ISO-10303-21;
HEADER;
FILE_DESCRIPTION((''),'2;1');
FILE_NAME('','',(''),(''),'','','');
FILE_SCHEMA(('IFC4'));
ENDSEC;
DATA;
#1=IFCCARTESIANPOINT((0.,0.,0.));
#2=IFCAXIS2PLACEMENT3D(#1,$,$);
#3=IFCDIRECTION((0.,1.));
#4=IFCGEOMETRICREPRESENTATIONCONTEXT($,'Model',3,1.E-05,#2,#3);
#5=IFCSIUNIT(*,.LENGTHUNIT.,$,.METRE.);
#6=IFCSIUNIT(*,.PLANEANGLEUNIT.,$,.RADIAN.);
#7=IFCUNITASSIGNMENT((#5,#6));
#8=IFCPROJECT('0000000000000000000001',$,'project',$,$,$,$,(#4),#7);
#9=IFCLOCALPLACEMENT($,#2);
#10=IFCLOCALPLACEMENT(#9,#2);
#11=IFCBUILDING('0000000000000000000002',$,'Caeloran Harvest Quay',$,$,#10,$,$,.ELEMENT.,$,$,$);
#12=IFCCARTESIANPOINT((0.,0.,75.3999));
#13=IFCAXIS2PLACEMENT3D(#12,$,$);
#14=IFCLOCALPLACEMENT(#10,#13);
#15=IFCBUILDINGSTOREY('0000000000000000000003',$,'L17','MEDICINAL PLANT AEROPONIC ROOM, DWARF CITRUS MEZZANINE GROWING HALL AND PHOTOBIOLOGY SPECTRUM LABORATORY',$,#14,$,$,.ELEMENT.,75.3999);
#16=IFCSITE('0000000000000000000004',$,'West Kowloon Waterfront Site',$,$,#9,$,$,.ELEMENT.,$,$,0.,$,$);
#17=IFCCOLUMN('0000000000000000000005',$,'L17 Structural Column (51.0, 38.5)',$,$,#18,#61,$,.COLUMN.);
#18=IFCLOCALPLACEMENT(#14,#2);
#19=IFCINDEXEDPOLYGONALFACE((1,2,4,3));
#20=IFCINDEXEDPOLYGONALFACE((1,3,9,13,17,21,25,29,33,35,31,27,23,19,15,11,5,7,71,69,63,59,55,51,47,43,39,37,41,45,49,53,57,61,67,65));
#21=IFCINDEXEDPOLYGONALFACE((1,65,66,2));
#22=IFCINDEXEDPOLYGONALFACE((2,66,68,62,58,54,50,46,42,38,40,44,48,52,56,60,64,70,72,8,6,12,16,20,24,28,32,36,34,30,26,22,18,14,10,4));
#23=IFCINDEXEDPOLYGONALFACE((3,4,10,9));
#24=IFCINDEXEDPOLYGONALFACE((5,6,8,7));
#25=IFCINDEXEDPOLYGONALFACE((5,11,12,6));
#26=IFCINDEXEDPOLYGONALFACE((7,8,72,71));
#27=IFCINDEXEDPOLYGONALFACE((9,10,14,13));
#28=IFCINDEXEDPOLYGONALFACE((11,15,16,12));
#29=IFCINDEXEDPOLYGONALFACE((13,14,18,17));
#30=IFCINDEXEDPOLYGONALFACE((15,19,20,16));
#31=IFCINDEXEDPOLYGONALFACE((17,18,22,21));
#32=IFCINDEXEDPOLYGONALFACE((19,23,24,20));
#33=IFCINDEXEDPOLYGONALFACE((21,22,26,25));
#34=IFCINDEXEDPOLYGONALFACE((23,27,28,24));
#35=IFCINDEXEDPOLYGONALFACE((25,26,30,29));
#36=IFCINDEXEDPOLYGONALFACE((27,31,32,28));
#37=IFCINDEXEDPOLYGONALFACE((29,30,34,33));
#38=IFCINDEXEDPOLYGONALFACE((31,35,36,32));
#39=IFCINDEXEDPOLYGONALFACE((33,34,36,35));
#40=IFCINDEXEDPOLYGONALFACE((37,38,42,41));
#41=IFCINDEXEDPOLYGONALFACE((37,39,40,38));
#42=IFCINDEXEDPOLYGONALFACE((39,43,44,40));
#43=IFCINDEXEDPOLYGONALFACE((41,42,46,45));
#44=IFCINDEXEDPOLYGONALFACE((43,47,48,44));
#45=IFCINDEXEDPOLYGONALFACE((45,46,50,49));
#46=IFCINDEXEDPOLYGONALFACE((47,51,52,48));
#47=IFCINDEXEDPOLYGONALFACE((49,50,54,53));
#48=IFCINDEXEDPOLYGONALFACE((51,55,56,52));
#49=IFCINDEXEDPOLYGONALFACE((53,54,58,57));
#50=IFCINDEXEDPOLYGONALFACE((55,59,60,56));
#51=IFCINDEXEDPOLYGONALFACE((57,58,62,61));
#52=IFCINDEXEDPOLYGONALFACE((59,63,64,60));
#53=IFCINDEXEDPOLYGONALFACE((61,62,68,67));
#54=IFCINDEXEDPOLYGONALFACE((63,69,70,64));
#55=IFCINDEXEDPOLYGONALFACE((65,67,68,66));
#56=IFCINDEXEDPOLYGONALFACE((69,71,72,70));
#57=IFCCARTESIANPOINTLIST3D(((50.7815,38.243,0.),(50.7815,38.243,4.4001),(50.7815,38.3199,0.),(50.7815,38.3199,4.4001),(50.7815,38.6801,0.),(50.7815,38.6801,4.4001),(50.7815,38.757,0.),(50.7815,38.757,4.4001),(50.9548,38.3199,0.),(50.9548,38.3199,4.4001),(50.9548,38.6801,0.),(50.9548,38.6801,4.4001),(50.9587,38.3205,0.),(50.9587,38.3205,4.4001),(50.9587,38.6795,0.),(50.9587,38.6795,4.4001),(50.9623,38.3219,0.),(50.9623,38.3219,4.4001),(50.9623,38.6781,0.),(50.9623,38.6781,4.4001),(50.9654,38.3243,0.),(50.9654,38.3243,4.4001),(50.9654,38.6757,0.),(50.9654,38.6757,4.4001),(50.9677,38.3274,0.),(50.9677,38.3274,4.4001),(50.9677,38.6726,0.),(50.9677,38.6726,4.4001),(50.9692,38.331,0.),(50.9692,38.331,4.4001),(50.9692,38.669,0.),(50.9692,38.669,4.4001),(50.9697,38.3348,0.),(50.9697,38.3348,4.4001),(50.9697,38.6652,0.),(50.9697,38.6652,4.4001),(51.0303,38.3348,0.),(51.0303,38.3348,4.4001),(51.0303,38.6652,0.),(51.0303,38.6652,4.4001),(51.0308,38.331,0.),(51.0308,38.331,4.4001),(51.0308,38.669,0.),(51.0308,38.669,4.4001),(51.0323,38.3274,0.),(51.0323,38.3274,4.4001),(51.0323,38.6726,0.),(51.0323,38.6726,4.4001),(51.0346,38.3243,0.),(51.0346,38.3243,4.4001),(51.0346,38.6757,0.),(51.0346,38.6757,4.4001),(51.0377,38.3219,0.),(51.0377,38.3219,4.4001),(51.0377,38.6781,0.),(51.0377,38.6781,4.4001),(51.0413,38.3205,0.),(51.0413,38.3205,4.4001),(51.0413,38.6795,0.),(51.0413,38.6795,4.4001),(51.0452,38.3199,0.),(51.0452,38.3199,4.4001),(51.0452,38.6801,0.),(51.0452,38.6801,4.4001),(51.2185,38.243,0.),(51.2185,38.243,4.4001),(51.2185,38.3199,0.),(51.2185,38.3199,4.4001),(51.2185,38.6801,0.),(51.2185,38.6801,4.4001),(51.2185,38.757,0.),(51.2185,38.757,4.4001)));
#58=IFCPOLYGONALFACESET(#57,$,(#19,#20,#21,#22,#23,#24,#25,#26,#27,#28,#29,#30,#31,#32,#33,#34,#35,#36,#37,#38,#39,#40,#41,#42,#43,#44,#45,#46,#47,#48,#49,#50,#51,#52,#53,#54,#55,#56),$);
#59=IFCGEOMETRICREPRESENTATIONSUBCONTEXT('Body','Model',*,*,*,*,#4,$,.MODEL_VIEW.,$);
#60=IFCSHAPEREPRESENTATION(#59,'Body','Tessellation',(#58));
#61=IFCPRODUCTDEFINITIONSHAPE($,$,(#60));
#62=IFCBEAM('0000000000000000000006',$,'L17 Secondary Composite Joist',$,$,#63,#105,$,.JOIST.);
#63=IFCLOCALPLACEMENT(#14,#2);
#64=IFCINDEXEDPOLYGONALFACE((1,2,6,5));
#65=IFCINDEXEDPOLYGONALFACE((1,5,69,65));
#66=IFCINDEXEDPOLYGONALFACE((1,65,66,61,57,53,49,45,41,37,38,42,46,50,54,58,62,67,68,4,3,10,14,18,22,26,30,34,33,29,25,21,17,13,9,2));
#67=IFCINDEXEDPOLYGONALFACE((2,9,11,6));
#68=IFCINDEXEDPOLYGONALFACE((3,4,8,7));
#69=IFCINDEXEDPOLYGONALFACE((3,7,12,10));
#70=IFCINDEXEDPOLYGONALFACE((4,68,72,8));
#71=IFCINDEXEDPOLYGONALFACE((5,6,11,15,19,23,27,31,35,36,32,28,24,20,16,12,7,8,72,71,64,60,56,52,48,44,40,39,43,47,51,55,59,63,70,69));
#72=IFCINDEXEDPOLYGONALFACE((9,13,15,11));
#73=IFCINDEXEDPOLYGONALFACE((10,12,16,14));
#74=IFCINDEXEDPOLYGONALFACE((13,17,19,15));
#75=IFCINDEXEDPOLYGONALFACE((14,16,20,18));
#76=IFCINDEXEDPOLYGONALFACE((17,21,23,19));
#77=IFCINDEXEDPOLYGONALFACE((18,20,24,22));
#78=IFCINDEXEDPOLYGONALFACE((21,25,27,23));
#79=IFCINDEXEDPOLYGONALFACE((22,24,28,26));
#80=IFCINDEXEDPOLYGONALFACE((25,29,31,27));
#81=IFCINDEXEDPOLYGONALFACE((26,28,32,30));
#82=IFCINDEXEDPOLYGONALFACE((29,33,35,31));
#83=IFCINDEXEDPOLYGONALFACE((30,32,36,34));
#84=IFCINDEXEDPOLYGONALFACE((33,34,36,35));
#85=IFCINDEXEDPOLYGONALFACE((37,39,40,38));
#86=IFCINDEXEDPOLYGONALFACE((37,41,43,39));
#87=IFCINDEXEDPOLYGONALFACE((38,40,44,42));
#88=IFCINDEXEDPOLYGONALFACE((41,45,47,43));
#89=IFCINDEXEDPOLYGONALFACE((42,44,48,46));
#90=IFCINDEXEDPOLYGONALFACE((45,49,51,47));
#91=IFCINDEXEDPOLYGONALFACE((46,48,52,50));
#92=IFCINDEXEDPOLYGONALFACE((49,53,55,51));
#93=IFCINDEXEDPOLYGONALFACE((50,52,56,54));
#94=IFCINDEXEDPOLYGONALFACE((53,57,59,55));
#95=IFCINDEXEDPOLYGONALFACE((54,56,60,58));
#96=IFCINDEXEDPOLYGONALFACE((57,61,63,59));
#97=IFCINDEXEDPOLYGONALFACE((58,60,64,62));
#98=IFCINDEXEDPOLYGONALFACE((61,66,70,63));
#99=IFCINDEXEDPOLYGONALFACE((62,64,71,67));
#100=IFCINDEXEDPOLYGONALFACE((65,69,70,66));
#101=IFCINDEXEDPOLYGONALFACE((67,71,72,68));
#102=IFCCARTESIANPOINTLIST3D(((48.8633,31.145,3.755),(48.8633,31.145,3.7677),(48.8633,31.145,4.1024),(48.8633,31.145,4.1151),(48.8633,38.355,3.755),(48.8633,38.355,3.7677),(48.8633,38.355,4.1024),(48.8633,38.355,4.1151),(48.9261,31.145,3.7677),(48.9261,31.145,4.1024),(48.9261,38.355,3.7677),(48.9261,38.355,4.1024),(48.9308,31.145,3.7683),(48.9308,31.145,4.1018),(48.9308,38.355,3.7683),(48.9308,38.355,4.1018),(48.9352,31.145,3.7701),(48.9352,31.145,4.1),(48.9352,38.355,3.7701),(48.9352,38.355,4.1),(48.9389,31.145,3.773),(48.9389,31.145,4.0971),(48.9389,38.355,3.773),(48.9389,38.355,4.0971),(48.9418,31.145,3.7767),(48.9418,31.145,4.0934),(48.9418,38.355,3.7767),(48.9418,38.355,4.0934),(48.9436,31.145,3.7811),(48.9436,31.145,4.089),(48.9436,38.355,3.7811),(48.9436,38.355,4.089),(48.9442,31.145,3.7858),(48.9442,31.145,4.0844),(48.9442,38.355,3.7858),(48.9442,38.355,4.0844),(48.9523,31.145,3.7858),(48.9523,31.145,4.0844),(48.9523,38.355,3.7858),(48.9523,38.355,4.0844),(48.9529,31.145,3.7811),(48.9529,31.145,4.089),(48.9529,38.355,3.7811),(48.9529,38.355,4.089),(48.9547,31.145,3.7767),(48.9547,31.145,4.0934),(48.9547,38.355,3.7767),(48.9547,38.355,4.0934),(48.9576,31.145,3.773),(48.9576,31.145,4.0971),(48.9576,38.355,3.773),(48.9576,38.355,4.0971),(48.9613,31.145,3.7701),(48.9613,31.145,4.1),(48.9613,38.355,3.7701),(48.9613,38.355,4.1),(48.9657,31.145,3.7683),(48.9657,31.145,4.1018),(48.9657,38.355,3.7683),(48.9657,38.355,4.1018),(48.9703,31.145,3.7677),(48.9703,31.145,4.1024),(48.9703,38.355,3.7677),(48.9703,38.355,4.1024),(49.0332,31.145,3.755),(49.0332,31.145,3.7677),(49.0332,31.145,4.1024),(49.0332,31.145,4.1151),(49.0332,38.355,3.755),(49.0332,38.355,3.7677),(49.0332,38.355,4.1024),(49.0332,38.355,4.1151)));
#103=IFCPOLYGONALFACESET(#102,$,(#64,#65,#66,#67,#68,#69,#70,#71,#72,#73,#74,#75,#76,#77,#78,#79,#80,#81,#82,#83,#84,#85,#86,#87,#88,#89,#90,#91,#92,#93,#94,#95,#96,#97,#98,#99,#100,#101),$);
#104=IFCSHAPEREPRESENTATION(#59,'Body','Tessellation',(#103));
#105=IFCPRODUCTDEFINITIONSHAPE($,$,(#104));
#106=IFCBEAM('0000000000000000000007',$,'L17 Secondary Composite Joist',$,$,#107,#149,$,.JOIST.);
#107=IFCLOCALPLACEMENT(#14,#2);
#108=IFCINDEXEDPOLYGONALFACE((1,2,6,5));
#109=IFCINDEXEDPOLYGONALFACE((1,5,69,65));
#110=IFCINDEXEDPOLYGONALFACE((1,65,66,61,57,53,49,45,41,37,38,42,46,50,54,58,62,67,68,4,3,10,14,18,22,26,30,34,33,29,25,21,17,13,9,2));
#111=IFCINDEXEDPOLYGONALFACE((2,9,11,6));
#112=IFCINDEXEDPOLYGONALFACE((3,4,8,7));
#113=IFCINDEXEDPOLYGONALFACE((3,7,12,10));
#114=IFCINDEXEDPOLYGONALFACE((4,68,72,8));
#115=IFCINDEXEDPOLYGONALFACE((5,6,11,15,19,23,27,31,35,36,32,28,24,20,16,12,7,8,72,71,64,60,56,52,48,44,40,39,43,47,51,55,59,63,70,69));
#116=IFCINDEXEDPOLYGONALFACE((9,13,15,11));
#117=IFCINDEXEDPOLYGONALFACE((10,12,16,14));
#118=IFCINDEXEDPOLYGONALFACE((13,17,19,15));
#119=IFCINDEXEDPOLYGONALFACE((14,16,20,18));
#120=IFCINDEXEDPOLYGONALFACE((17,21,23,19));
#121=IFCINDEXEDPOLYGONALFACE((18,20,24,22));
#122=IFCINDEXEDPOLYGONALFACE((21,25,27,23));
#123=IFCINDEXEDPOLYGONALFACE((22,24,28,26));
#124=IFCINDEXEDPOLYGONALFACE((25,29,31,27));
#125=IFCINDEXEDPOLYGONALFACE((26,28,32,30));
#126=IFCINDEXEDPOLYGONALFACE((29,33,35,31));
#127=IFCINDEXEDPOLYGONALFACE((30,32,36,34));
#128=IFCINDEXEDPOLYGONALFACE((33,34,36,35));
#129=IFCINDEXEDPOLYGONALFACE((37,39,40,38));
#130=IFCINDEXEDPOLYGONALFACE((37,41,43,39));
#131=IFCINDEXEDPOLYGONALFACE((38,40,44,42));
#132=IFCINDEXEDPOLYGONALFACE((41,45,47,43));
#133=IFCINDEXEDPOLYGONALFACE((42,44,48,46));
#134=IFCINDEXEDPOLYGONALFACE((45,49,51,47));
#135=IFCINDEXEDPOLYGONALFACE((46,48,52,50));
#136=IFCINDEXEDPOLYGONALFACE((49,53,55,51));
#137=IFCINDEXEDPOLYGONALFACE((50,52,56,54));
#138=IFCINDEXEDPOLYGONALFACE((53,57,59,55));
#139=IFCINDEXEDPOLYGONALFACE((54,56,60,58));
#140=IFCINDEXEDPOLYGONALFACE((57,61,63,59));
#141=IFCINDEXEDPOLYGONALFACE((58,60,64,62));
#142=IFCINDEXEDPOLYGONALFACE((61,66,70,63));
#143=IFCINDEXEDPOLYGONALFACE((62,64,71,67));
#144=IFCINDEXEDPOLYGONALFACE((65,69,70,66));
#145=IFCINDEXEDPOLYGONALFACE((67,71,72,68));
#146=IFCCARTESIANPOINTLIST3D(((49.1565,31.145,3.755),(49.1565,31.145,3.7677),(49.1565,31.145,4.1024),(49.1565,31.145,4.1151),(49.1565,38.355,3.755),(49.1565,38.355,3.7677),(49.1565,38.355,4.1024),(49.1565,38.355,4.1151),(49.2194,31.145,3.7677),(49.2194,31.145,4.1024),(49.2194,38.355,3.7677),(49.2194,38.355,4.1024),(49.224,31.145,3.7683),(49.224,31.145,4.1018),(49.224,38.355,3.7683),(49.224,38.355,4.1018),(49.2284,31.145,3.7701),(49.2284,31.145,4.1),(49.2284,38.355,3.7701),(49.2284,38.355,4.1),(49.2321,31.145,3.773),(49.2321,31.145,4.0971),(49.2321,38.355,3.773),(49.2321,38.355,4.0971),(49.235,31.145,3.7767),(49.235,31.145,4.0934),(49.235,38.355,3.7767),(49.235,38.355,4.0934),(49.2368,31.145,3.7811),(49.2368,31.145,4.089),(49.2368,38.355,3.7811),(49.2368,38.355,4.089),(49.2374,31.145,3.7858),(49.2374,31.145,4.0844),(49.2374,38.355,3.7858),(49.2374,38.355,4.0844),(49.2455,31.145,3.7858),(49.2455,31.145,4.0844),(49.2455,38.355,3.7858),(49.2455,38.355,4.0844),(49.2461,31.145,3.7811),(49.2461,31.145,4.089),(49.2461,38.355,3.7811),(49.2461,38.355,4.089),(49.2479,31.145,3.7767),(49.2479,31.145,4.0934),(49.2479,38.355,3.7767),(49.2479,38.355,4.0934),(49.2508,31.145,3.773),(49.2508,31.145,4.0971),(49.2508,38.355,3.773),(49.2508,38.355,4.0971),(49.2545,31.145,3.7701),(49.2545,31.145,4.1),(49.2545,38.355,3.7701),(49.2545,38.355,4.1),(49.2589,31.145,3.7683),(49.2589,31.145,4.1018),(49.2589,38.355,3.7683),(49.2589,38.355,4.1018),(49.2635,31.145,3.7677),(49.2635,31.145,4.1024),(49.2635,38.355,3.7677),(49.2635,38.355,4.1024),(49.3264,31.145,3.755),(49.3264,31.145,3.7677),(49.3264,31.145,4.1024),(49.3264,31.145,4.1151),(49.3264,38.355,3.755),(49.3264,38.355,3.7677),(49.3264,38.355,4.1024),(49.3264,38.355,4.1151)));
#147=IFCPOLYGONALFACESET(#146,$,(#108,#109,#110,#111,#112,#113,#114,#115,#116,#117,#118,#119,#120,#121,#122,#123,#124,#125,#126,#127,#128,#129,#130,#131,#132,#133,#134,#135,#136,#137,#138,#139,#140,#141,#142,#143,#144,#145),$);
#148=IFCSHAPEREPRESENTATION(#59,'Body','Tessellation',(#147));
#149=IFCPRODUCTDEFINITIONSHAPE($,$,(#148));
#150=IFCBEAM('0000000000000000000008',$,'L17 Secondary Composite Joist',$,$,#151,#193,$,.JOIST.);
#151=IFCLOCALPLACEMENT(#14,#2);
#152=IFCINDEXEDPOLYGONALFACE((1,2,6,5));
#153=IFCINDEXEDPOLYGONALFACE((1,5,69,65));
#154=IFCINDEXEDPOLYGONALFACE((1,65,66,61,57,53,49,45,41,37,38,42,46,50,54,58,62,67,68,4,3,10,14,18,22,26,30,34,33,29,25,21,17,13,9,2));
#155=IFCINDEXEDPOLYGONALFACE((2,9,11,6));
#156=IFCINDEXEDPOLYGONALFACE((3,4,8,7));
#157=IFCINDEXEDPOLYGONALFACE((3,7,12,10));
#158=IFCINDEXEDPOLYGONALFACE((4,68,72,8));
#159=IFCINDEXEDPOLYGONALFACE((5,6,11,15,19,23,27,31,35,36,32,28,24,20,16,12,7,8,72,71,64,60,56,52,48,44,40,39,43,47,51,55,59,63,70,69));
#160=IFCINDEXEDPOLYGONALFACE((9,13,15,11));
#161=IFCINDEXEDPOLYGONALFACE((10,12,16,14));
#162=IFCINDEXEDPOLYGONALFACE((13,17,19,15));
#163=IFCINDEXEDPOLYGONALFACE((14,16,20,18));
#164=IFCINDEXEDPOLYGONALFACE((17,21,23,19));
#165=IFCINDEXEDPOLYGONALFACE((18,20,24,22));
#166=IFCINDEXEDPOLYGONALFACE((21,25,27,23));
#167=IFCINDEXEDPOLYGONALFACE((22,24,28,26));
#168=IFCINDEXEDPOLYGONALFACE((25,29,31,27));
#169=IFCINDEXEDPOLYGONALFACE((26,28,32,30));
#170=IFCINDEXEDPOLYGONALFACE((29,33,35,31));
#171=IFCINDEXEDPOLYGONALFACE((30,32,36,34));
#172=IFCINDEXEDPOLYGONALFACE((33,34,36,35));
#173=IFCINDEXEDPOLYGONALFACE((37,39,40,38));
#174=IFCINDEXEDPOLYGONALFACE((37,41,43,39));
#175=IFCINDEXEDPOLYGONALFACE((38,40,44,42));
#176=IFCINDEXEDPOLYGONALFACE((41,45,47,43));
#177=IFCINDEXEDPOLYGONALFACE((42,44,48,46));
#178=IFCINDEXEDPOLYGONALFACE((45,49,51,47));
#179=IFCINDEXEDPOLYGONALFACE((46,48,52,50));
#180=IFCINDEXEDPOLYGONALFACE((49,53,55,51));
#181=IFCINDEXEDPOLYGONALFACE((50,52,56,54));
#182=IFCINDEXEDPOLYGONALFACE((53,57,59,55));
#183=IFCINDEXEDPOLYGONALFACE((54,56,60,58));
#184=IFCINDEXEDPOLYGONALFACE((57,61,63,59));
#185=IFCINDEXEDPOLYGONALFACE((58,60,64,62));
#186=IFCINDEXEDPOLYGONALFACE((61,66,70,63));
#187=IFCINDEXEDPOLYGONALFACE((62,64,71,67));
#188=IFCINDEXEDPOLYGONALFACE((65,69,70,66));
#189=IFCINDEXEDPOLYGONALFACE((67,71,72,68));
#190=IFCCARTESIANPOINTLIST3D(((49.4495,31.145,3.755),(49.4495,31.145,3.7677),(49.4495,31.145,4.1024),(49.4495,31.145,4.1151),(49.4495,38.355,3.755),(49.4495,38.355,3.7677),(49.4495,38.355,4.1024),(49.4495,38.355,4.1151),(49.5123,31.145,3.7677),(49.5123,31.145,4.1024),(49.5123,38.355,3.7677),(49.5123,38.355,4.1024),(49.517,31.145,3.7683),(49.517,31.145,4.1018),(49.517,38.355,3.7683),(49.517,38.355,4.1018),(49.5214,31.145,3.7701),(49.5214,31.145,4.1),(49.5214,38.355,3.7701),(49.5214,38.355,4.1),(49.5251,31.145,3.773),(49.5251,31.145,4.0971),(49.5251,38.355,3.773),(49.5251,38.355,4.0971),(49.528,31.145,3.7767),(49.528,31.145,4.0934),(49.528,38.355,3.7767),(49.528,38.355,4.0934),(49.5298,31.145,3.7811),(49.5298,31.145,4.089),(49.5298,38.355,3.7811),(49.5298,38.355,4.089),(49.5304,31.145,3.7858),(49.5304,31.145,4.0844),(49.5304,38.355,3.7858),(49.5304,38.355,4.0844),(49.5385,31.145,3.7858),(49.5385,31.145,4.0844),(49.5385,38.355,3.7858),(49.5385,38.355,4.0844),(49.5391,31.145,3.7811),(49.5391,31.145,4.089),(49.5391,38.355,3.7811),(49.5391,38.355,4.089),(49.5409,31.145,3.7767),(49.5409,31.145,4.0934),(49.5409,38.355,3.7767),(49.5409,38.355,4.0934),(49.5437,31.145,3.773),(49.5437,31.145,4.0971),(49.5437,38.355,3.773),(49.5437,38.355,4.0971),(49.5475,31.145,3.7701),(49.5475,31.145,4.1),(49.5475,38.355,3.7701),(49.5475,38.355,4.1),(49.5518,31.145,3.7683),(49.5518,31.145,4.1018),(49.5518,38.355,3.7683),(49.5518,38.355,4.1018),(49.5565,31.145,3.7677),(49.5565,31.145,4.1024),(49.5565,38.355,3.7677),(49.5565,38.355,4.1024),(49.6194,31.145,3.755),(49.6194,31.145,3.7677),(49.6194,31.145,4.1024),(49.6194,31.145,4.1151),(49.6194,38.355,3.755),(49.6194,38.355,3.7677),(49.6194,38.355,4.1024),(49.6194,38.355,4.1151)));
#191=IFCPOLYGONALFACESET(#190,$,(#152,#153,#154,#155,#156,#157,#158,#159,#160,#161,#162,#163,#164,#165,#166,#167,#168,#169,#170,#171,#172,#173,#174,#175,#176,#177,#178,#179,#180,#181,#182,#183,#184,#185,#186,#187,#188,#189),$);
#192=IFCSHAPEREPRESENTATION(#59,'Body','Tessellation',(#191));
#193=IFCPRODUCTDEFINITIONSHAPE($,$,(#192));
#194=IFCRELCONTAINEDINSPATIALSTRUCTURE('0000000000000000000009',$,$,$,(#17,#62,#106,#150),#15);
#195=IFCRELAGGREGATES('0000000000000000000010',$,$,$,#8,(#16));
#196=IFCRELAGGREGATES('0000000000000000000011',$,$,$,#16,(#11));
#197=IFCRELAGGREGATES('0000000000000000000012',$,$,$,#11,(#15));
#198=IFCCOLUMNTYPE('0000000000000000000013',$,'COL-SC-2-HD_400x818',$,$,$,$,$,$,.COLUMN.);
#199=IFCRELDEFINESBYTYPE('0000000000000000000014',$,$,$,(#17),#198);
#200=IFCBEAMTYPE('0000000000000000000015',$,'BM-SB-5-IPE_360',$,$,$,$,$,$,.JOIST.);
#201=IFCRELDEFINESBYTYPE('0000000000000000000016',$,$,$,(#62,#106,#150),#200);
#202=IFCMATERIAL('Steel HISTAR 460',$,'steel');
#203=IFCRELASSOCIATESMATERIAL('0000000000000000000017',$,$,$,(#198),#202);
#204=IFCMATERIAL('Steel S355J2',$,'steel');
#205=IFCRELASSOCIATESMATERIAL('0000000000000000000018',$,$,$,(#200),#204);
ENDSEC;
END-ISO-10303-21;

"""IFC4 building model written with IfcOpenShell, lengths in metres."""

from ifc_helpers import new_model, si_unit, direction, frame, origin, origin_2d, place, context, subcontext, project, spatial, i_section, extrude, material, material_profile, profile_set, type_object, element, save


model = new_model("IFC4")

# Units and contexts
model_context = context("Model", 3, precision=1e-05, world=origin(), true_north=direction((0.0, 1.0)))
body_context = subcontext(model_context, "Body", "Model", "MODEL_VIEW")
ifc_project = project(units=[si_unit("LENGTHUNIT", "METRE"), si_unit("PLANEANGLEUNIT", "RADIAN")], contexts=[model_context])

# Site, building, storey
site_placement = place(None, origin())
site = spatial("IfcSite", under=ifc_project, at=site_placement, Name="West Kowloon Waterfront Site", CompositionType="ELEMENT", RefElevation=0.0)
building_placement = place(site_placement, origin())
building = spatial("IfcBuilding", under=site, at=building_placement, Name="Caeloran Harvest Quay", CompositionType="ELEMENT")
storey_placement = place(building_placement, frame((0.0, 0.0, 75.3999)))
storey = spatial("IfcBuildingStorey", under=building, at=storey_placement, Name="L17", Description="MEDICINAL PLANT AEROPONIC ROOM, DWARF CITRUS MEZZANINE GROWING HALL AND PHOTOBIOLOGY SPECTRUM LABORATORY", CompositionType="ELEMENT", Elevation=75.3999)

# Column
ifc_material_1 = material(Name="Steel HISTAR 460", Category="steel")
ifc_material_profile_1 = material_profile(ifc_material_1, i_section(OverallWidth=0.437, OverallDepth=0.5139, WebThickness=0.0605, FlangeThickness=0.0769, FilletRadius=0.0149, at=origin_2d()), Name="HD 400x818")
ifc_profile_set_1 = profile_set([ifc_material_profile_1], Name="Steel HISTAR 460")
column_type = type_object("IfcColumnType", Name="COL-SC-2-HD_400x818", PredefinedType="COLUMN", material=ifc_profile_set_1)
column_placement = place(storey_placement, frame((51.0, 38.5, 0.0), z_axis=(0.0, 0.0, 1.0), x_axis=(1.0, 0.0, 0.0)))
element("IfcColumn", 1, at=column_placement, inside=storey, type_object=column_type, Name="L17 Structural Column (51.0, 38.5)", PredefinedType="COLUMN", context=body_context, shape_type="SweptSolid", body=[
    extrude(i_section(OverallWidth=0.437, OverallDepth=0.5139, WebThickness=0.0605, FlangeThickness=0.0769, FilletRadius=0.0149, at=origin_2d()), origin(), (0.0, 0.0, 1.0), 4.4001),
])

# Beams
ifc_material_2 = material(Name="Steel S355J2", Category="steel")
ifc_material_profile_2 = material_profile(ifc_material_2, i_section(OverallWidth=0.1699, OverallDepth=0.3601, WebThickness=0.0081, FlangeThickness=0.0127, FilletRadius=0.0181, at=origin_2d()), Name="IPE 360")
ifc_profile_set_2 = profile_set([ifc_material_profile_2], Name="Steel S355J2")
beam_type_1 = type_object("IfcBeamType", Name="BM-SB-5-IPE_360", PredefinedType="JOIST", material=ifc_profile_set_2)
for number, where, z_axis, x_axis, name in (
    (2, (48.9482, 31.145, 3.9351), (0.0, 1.0, 0.0), (-1.0, 0.0, 0.0), "L17 Secondary Composite Joist"),
    (3, (49.2415, 31.145, 3.9351), (0.0, 1.0, 0.0), (-1.0, 0.0, 0.0), "L17 Secondary Composite Joist"),
    (4, (49.5344, 31.145, 3.9351), (0.0, 1.0, 0.0), (-1.0, 0.0, 0.0), "L17 Secondary Composite Joist"),
):
    element("IfcBeam", number, at=place(storey_placement, frame(where, z_axis=z_axis, x_axis=x_axis)), inside=storey, type_object=beam_type_1, Name=name, PredefinedType="JOIST", context=body_context, shape_type="SweptSolid", body=[
        extrude(i_section(OverallWidth=0.1699, OverallDepth=0.3601, WebThickness=0.0081, FlangeThickness=0.0127, FilletRadius=0.0181, at=origin_2d()), origin(), (0.0, 0.0, 1.0), 7.21),
    ])

save(model, "model.ifc")
